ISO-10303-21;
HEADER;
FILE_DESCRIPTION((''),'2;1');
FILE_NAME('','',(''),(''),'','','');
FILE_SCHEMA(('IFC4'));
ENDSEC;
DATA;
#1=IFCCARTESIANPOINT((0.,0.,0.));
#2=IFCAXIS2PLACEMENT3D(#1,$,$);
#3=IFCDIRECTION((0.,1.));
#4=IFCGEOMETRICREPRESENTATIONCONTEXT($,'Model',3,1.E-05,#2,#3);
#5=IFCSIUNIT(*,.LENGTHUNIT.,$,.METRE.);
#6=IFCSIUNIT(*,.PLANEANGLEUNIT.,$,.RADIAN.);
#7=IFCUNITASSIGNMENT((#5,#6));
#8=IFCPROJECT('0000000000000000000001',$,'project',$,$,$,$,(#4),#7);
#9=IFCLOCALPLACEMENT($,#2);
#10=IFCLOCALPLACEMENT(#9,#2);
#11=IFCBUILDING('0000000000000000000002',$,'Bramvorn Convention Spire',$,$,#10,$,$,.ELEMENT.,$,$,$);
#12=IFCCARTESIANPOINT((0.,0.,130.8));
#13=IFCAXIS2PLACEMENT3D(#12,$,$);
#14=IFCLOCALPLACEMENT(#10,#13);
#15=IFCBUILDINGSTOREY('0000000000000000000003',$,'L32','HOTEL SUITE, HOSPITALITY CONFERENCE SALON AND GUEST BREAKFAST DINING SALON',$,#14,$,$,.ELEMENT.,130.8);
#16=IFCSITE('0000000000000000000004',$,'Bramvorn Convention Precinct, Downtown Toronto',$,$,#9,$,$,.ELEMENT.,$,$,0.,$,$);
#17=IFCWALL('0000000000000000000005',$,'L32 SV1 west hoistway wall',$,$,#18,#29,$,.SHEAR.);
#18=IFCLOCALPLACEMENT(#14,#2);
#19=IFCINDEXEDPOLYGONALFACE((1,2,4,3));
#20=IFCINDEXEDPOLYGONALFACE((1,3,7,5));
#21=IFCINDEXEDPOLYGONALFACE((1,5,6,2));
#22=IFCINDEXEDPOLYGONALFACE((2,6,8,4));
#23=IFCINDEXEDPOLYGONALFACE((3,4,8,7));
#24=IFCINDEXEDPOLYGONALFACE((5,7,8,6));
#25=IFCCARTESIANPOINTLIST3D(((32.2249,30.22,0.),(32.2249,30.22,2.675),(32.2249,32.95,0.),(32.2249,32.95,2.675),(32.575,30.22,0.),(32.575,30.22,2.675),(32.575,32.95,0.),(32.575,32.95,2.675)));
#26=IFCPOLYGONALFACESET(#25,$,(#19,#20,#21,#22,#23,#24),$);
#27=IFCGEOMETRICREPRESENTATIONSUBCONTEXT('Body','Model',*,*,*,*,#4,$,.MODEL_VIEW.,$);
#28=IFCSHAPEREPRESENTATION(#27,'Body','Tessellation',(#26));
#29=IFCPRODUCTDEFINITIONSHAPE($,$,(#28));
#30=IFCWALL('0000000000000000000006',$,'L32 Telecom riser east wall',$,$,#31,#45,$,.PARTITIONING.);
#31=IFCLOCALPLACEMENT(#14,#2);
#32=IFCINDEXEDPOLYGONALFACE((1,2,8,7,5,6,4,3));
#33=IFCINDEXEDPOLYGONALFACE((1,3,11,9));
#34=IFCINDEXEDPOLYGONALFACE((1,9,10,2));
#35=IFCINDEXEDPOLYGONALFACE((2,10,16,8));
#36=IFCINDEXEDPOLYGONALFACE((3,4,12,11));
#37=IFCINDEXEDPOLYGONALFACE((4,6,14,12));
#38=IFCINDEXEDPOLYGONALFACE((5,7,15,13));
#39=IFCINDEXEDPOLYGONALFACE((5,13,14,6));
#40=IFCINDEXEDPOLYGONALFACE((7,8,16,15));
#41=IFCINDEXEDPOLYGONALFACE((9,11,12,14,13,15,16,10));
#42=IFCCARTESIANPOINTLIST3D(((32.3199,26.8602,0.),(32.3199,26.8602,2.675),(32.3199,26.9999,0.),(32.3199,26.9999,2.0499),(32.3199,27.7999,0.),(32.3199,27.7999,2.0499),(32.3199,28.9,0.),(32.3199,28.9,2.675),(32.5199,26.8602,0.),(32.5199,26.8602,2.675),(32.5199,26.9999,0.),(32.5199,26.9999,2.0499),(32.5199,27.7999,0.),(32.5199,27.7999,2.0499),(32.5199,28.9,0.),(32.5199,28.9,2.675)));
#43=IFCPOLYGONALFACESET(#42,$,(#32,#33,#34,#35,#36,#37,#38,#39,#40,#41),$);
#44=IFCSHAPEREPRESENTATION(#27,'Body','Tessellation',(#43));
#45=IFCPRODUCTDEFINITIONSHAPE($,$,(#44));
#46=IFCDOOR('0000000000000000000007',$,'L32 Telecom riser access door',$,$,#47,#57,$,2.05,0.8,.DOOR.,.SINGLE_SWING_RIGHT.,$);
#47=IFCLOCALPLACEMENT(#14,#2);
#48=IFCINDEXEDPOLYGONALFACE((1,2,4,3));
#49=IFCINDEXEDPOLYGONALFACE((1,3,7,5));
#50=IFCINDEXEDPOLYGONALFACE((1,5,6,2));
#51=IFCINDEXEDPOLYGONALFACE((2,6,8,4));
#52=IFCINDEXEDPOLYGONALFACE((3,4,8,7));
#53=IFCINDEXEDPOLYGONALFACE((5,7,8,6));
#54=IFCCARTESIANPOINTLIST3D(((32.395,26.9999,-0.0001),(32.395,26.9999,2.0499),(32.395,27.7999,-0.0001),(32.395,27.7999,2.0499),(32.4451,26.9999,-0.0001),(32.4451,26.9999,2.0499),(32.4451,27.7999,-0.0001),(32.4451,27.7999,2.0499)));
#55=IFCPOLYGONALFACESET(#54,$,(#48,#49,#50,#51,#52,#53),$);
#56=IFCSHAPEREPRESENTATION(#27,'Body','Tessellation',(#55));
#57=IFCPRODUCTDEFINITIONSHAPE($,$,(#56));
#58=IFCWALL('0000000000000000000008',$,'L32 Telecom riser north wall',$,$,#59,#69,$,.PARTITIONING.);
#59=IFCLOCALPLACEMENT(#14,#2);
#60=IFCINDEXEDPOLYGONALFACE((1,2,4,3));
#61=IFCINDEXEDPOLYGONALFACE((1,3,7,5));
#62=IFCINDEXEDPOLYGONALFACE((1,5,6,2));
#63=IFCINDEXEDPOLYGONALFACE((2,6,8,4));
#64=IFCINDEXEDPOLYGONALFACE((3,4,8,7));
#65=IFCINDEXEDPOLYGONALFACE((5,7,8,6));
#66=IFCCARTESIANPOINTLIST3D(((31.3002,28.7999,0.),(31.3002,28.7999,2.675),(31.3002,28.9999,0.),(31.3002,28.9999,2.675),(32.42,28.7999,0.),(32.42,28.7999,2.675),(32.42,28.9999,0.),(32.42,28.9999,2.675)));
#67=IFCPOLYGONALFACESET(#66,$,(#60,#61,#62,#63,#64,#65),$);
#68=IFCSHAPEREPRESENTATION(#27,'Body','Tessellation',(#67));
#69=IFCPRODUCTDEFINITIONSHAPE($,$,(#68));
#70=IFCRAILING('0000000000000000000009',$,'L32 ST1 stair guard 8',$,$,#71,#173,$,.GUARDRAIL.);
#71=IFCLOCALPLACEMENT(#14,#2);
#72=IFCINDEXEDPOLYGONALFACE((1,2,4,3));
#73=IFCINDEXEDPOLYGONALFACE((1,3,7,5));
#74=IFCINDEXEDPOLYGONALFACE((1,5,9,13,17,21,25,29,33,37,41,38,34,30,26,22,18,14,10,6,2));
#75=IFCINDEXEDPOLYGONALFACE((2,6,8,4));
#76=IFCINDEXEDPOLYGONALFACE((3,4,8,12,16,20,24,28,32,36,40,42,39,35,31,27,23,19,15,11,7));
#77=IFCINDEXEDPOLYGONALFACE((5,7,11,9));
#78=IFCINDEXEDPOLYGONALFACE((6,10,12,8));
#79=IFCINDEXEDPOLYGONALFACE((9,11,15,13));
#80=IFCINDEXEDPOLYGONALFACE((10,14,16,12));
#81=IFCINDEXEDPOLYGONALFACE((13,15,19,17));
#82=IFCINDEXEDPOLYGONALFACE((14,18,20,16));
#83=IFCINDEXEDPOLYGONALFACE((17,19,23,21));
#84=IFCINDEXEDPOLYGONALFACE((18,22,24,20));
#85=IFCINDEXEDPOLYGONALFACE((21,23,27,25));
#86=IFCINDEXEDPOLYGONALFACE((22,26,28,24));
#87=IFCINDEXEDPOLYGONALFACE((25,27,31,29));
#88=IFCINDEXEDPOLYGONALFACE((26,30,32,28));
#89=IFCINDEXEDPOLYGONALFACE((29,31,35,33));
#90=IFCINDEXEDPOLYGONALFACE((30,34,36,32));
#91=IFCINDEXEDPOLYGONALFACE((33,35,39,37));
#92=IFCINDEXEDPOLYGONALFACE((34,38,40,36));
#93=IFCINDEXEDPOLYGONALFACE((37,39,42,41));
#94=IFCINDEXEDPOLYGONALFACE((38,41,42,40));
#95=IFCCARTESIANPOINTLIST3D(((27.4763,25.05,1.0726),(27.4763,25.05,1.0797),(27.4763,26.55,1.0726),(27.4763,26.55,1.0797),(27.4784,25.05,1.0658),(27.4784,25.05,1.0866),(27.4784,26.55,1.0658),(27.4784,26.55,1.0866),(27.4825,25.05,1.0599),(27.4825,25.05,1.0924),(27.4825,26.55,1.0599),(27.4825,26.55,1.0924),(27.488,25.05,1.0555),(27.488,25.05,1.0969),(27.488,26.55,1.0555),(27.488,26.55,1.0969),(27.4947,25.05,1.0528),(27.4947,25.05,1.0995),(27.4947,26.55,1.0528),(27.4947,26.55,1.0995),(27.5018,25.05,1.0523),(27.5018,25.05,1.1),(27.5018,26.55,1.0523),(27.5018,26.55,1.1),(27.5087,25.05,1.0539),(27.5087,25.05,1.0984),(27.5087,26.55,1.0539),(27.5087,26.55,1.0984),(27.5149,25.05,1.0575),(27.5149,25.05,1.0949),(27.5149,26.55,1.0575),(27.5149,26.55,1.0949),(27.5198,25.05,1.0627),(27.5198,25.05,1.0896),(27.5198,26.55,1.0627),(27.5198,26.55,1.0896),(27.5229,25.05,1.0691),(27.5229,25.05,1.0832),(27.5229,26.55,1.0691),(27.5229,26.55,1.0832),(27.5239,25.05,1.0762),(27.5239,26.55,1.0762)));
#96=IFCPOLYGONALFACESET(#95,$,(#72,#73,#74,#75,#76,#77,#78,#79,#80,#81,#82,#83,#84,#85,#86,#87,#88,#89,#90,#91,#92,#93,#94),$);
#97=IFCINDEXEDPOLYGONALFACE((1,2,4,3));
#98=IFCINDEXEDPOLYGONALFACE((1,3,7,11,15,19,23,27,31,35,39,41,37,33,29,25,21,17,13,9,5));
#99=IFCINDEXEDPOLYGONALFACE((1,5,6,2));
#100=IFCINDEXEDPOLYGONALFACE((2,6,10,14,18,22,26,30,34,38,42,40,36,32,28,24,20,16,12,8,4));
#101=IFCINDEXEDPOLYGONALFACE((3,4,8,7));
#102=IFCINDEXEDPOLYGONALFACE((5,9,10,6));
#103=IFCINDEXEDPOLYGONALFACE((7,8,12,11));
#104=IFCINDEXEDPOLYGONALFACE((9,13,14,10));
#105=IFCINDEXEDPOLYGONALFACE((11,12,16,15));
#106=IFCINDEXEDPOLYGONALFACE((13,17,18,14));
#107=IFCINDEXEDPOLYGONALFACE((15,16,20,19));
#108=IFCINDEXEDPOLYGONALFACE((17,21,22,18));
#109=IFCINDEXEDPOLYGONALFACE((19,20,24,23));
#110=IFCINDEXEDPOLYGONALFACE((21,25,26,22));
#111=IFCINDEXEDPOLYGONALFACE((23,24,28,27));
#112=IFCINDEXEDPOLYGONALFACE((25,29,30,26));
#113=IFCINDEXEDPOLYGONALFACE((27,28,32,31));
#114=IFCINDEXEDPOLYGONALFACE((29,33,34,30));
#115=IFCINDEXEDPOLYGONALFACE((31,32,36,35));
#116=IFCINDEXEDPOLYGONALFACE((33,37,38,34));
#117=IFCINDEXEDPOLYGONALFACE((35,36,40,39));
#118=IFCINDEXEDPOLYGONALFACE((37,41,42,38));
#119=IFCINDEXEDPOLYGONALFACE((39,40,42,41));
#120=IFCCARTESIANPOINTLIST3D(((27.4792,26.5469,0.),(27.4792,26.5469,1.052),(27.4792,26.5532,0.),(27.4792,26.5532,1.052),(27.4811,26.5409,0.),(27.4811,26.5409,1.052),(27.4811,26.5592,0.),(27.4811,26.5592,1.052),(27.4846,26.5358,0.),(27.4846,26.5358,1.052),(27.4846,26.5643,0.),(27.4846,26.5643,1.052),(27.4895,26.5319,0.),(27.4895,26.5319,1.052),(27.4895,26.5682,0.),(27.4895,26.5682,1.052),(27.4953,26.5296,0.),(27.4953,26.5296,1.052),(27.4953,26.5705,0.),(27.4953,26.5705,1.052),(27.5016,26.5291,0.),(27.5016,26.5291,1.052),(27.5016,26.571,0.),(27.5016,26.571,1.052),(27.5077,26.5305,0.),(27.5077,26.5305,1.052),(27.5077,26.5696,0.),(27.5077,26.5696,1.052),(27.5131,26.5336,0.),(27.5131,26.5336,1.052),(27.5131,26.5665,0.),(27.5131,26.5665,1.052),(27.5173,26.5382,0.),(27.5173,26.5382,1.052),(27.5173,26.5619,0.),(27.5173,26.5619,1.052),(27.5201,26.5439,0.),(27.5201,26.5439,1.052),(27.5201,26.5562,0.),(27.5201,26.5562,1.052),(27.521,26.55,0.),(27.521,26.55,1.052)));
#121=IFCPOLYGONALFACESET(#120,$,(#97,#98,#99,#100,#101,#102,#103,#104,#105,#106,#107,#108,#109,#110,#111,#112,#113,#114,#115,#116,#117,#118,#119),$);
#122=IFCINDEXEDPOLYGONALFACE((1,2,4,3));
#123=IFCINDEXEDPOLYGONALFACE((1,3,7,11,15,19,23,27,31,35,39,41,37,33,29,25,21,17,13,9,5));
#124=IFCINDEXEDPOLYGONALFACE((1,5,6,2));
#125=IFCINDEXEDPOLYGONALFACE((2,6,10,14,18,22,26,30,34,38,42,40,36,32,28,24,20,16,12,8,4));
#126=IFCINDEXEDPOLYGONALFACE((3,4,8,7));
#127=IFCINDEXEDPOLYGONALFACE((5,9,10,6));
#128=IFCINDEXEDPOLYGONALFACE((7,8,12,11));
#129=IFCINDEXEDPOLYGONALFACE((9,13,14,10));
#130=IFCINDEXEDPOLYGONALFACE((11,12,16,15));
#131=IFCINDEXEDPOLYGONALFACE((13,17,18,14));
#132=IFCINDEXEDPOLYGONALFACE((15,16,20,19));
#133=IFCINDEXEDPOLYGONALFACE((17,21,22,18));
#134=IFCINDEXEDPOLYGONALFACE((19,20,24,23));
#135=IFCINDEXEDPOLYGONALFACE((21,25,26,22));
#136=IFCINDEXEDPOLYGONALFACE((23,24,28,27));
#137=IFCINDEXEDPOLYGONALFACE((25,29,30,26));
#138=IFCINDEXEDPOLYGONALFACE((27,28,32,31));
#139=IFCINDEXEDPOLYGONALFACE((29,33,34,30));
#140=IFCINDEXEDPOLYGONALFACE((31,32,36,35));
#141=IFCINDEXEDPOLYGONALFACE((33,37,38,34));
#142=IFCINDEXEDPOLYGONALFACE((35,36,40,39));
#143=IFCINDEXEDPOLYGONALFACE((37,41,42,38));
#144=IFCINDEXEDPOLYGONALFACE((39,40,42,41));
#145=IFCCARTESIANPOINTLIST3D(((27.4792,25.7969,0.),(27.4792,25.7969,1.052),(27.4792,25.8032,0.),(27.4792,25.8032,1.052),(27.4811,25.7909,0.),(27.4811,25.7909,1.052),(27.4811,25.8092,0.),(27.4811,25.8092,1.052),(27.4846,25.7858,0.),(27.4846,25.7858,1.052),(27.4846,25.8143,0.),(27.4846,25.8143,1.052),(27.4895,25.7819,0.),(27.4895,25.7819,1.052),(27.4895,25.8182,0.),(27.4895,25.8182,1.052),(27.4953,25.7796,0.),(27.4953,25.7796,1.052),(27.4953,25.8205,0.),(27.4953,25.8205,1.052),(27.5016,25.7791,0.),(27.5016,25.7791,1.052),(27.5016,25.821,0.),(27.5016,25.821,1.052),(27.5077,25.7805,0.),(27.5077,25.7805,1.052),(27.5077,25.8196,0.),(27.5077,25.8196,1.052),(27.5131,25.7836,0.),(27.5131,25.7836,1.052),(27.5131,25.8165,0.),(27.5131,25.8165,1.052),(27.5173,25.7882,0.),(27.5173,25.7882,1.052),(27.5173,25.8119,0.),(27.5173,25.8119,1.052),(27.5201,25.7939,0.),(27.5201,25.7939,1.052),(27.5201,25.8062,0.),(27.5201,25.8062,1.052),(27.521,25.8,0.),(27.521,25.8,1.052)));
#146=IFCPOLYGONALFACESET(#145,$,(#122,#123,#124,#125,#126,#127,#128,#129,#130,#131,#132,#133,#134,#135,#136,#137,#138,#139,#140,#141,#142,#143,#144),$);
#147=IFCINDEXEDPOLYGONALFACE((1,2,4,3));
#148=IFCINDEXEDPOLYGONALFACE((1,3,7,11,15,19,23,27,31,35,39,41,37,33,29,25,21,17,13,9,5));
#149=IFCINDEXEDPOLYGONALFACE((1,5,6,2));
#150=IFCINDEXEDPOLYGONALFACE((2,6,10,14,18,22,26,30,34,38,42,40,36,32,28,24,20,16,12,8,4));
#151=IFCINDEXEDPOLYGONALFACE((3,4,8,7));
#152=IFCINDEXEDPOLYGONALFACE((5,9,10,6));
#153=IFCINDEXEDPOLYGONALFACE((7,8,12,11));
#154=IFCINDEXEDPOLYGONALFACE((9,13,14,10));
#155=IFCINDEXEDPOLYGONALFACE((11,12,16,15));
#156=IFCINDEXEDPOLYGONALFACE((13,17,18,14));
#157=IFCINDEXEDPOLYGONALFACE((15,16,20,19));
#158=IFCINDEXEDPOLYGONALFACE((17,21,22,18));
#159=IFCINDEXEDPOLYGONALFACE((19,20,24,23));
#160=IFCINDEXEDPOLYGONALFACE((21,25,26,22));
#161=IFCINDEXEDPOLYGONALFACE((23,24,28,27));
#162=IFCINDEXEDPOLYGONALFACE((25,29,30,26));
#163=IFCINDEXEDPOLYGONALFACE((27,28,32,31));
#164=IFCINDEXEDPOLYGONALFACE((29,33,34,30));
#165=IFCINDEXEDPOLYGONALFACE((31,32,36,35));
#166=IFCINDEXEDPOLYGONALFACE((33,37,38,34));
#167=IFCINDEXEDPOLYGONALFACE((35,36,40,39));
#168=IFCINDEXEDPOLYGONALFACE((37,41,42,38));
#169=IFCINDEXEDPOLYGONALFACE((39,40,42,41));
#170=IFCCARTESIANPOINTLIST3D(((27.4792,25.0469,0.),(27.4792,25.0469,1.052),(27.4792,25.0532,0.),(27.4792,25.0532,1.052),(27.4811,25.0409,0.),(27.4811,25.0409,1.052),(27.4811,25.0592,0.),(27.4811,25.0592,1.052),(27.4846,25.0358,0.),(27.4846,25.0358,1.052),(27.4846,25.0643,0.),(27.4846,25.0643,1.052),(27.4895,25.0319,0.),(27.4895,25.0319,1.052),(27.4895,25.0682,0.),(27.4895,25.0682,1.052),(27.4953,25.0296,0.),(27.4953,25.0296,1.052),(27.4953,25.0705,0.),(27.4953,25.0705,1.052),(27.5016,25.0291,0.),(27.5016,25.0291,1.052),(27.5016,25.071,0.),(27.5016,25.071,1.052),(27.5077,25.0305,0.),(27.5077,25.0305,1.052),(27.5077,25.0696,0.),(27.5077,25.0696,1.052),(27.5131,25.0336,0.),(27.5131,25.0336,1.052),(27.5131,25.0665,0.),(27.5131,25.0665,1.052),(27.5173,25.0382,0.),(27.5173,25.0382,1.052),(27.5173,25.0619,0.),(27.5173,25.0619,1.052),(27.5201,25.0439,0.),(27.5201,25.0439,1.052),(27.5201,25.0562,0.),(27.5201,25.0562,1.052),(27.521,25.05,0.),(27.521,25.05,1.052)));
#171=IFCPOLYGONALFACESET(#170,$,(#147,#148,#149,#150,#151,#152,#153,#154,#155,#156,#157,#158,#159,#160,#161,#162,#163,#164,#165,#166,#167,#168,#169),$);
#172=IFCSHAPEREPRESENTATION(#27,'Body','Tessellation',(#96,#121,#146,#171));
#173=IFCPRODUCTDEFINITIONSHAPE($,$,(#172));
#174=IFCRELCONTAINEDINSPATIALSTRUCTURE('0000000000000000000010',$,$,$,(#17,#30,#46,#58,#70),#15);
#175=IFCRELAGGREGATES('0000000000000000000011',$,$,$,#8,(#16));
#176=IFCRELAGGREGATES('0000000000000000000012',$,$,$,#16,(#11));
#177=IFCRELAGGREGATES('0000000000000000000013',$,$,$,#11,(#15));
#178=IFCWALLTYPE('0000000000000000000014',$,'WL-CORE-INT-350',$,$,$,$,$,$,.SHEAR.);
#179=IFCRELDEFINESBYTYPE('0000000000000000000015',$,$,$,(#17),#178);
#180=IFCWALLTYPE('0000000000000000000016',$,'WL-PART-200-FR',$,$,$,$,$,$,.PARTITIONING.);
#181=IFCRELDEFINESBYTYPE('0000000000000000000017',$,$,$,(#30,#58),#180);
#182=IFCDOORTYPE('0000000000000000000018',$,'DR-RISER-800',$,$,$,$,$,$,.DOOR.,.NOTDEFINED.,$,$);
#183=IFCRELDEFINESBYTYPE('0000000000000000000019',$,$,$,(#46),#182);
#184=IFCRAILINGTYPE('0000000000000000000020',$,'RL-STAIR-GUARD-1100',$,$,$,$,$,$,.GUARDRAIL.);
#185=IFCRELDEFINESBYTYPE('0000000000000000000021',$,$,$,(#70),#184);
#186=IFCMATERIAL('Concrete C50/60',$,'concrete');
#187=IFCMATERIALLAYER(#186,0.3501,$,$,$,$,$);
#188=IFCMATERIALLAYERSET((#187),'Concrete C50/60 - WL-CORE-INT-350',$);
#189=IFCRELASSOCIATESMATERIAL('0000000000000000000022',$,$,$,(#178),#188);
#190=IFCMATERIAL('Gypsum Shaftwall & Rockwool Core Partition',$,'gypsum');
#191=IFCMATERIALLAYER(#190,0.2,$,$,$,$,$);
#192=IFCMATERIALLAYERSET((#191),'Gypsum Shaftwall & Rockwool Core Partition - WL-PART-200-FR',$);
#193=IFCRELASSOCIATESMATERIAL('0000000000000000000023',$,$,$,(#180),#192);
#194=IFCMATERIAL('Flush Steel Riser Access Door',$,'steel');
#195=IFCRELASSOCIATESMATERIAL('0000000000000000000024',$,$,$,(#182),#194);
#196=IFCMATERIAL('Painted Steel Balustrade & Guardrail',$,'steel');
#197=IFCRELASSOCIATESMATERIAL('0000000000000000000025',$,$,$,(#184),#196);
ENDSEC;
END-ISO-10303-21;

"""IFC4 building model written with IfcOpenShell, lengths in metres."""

from ifc_helpers import new_model, si_unit, direction, frame, frame_2d, origin, origin_2d, place, context, subcontext, project, spatial, rectangle, circle, extrude, material, layer, layer_set, type_object, element, fill, save


model = new_model("IFC4")

# Units and contexts
model_context = context("Model", 3, precision=1e-05, world=origin(), true_north=direction((0.0, 1.0)))
body_context = subcontext(model_context, "Body", "Model", "MODEL_VIEW")
ifc_project = project(units=[si_unit("LENGTHUNIT", "METRE"), si_unit("PLANEANGLEUNIT", "RADIAN")], contexts=[model_context])

# Site, building, storey
site_placement = place(None, origin())
site = spatial("IfcSite", under=ifc_project, at=site_placement, Name="Bramvorn Convention Precinct, Downtown Toronto", CompositionType="ELEMENT", RefElevation=0.0)
building_placement = place(site_placement, origin())
building = spatial("IfcBuilding", under=site, at=building_placement, Name="Bramvorn Convention Spire", CompositionType="ELEMENT")
storey_placement = place(building_placement, frame((0.0, 0.0, 130.8)))
storey = spatial("IfcBuildingStorey", under=building, at=storey_placement, Name="L32", Description="HOTEL SUITE, HOSPITALITY CONFERENCE SALON AND GUEST BREAKFAST DINING SALON", CompositionType="ELEMENT", Elevation=130.8)

# Shared definitions
ifc_material_1 = material(Name="Concrete C50/60", Category="concrete")
ifc_layer_1 = layer(ifc_material_1, 0.3501)
ifc_layer_set_1 = layer_set([ifc_layer_1], Name="Concrete C50/60 - WL-CORE-INT-350")
wall_type_1 = type_object("IfcWallType", Name="WL-CORE-INT-350", PredefinedType="SHEAR", material=ifc_layer_set_1)

# Wall
wall_1_placement = place(storey_placement, frame((32.3999, 30.22, 0.0), z_axis=(0.0, 0.0, 1.0), x_axis=(0.0, 1.0, 0.0)))
element("IfcWall", 1, at=wall_1_placement, inside=storey, type_object=wall_type_1, Name="L32 SV1 west hoistway wall", PredefinedType="SHEAR", context=body_context, shape_type="SweptSolid", body=[
    extrude(rectangle(XDim=2.73, YDim=0.3501, at=frame_2d((1.365, 0.0))), origin(), (0.0, 0.0, 1.0), 2.675),
])

# Wall, opening, door
ifc_material_2 = material(Name="Gypsum Shaftwall & Rockwool Core Partition", Category="gypsum")
ifc_layer_2 = layer(ifc_material_2, 0.2)
ifc_layer_set_2 = layer_set([ifc_layer_2], Name="Gypsum Shaftwall & Rockwool Core Partition - WL-PART-200-FR")
wall_type_2 = type_object("IfcWallType", Name="WL-PART-200-FR", PredefinedType="PARTITIONING", material=ifc_layer_set_2)
wall_2_placement = place(storey_placement, frame((32.4199, 26.8601, 0.0), z_axis=(0.0, 0.0, 1.0), x_axis=(0.0, 1.0, 0.0)))
wall_2 = element("IfcWall", 2, at=wall_2_placement, inside=storey, type_object=wall_type_2, Name="L32 Telecom riser east wall", PredefinedType="PARTITIONING", context=body_context, shape_type="SweptSolid", body=[
    extrude(rectangle(XDim=2.0398, YDim=0.2, at=frame_2d((1.02, 0.0))), origin(), (0.0, 0.0, 1.0), 2.675),
])
opening_1_placement = place(wall_2_placement, frame((0.1399, 0.0, 0.0)))
opening_1 = element("IfcOpeningElement", 3, at=opening_1_placement, cuts=wall_2, PredefinedType="OPENING", context=body_context, shape_type="SweptSolid", body=[
    extrude(rectangle(XDim=0.8, YDim=2.05, at=frame_2d((0.3999, 1.0249))), frame((0.0, 0.1099, 0.0), z_axis=(0.0, -1.0, 0.0), x_axis=(1.0, 0.0, 0.0)), (0.0, 0.0, 1.0), 0.22),
])
ifc_material_3 = material(Name="Flush Steel Riser Access Door", Category="steel")
door_type_1 = type_object("IfcDoorType", Name="DR-RISER-800", OperationType="NOTDEFINED", PredefinedType="DOOR", material=ifc_material_3)
door_1_placement = place(opening_1_placement, origin())
door_1 = element("IfcDoor", 4, at=door_1_placement, inside=storey, type_object=door_type_1, Name="L32 Telecom riser access door", OperationType="SINGLE_SWING_RIGHT", OverallHeight=2.05, OverallWidth=0.8, PredefinedType="DOOR", context=body_context, shape_type="SweptSolid", body=[
    extrude(rectangle(XDim=0.8, YDim=2.05, at=frame_2d((0.3999, 1.0249))), frame((0.0, 0.0249, 0.0), z_axis=(0.0, -1.0, 0.0), x_axis=(1.0, 0.0, 0.0)), (0.0, 0.0, 1.0), 0.05),
])
fill(opening_1, door_1)

# Wall
wall_3_placement = place(storey_placement, frame((31.3, 28.8999, 0.0), z_axis=(0.0, 0.0, 1.0), x_axis=(1.0, 0.0, 0.0)))
element("IfcWall", 5, at=wall_3_placement, inside=storey, type_object=wall_type_2, Name="L32 Telecom riser north wall", PredefinedType="PARTITIONING", context=body_context, shape_type="SweptSolid", body=[
    extrude(rectangle(XDim=1.1199, YDim=0.2, at=frame_2d((0.5601, 0.0))), origin(), (0.0, 0.0, 1.0), 2.675),
])

# Railing
ifc_material_4 = material(Name="Painted Steel Balustrade & Guardrail", Category="steel")
railing_type = type_object("IfcRailingType", Name="RL-STAIR-GUARD-1100", PredefinedType="GUARDRAIL", material=ifc_material_4)
for number, where, name in (
    (6, (27.5, 26.55, 0.0), "L32 ST1 stair guard 8"),
):
    element("IfcRailing", number, at=place(storey_placement, frame(where)), inside=storey, type_object=railing_type, Name=name, PredefinedType="GUARDRAIL", context=body_context, shape_type="SweptSolid", body=[
        extrude(circle(Radius=0.0239, at=origin_2d()), frame((0.0, 0.0, 1.0762), z_axis=(0.0, -1.0, 0.0), x_axis=(1.0, 0.0, 0.0)), (0.0, 0.0, 1.0), 1.5),
        extrude(circle(Radius=0.021, at=origin_2d()), origin(), (0.0, 0.0, 1.0), 1.052),
        extrude(circle(Radius=0.021, at=origin_2d()), frame((0.0, -0.75, 0.0)), (0.0, 0.0, 1.0), 1.052),
        extrude(circle(Radius=0.021, at=origin_2d()), frame((0.0, -1.5, 0.0)), (0.0, 0.0, 1.0), 1.052),
    ])

save(model, "model.ifc")
